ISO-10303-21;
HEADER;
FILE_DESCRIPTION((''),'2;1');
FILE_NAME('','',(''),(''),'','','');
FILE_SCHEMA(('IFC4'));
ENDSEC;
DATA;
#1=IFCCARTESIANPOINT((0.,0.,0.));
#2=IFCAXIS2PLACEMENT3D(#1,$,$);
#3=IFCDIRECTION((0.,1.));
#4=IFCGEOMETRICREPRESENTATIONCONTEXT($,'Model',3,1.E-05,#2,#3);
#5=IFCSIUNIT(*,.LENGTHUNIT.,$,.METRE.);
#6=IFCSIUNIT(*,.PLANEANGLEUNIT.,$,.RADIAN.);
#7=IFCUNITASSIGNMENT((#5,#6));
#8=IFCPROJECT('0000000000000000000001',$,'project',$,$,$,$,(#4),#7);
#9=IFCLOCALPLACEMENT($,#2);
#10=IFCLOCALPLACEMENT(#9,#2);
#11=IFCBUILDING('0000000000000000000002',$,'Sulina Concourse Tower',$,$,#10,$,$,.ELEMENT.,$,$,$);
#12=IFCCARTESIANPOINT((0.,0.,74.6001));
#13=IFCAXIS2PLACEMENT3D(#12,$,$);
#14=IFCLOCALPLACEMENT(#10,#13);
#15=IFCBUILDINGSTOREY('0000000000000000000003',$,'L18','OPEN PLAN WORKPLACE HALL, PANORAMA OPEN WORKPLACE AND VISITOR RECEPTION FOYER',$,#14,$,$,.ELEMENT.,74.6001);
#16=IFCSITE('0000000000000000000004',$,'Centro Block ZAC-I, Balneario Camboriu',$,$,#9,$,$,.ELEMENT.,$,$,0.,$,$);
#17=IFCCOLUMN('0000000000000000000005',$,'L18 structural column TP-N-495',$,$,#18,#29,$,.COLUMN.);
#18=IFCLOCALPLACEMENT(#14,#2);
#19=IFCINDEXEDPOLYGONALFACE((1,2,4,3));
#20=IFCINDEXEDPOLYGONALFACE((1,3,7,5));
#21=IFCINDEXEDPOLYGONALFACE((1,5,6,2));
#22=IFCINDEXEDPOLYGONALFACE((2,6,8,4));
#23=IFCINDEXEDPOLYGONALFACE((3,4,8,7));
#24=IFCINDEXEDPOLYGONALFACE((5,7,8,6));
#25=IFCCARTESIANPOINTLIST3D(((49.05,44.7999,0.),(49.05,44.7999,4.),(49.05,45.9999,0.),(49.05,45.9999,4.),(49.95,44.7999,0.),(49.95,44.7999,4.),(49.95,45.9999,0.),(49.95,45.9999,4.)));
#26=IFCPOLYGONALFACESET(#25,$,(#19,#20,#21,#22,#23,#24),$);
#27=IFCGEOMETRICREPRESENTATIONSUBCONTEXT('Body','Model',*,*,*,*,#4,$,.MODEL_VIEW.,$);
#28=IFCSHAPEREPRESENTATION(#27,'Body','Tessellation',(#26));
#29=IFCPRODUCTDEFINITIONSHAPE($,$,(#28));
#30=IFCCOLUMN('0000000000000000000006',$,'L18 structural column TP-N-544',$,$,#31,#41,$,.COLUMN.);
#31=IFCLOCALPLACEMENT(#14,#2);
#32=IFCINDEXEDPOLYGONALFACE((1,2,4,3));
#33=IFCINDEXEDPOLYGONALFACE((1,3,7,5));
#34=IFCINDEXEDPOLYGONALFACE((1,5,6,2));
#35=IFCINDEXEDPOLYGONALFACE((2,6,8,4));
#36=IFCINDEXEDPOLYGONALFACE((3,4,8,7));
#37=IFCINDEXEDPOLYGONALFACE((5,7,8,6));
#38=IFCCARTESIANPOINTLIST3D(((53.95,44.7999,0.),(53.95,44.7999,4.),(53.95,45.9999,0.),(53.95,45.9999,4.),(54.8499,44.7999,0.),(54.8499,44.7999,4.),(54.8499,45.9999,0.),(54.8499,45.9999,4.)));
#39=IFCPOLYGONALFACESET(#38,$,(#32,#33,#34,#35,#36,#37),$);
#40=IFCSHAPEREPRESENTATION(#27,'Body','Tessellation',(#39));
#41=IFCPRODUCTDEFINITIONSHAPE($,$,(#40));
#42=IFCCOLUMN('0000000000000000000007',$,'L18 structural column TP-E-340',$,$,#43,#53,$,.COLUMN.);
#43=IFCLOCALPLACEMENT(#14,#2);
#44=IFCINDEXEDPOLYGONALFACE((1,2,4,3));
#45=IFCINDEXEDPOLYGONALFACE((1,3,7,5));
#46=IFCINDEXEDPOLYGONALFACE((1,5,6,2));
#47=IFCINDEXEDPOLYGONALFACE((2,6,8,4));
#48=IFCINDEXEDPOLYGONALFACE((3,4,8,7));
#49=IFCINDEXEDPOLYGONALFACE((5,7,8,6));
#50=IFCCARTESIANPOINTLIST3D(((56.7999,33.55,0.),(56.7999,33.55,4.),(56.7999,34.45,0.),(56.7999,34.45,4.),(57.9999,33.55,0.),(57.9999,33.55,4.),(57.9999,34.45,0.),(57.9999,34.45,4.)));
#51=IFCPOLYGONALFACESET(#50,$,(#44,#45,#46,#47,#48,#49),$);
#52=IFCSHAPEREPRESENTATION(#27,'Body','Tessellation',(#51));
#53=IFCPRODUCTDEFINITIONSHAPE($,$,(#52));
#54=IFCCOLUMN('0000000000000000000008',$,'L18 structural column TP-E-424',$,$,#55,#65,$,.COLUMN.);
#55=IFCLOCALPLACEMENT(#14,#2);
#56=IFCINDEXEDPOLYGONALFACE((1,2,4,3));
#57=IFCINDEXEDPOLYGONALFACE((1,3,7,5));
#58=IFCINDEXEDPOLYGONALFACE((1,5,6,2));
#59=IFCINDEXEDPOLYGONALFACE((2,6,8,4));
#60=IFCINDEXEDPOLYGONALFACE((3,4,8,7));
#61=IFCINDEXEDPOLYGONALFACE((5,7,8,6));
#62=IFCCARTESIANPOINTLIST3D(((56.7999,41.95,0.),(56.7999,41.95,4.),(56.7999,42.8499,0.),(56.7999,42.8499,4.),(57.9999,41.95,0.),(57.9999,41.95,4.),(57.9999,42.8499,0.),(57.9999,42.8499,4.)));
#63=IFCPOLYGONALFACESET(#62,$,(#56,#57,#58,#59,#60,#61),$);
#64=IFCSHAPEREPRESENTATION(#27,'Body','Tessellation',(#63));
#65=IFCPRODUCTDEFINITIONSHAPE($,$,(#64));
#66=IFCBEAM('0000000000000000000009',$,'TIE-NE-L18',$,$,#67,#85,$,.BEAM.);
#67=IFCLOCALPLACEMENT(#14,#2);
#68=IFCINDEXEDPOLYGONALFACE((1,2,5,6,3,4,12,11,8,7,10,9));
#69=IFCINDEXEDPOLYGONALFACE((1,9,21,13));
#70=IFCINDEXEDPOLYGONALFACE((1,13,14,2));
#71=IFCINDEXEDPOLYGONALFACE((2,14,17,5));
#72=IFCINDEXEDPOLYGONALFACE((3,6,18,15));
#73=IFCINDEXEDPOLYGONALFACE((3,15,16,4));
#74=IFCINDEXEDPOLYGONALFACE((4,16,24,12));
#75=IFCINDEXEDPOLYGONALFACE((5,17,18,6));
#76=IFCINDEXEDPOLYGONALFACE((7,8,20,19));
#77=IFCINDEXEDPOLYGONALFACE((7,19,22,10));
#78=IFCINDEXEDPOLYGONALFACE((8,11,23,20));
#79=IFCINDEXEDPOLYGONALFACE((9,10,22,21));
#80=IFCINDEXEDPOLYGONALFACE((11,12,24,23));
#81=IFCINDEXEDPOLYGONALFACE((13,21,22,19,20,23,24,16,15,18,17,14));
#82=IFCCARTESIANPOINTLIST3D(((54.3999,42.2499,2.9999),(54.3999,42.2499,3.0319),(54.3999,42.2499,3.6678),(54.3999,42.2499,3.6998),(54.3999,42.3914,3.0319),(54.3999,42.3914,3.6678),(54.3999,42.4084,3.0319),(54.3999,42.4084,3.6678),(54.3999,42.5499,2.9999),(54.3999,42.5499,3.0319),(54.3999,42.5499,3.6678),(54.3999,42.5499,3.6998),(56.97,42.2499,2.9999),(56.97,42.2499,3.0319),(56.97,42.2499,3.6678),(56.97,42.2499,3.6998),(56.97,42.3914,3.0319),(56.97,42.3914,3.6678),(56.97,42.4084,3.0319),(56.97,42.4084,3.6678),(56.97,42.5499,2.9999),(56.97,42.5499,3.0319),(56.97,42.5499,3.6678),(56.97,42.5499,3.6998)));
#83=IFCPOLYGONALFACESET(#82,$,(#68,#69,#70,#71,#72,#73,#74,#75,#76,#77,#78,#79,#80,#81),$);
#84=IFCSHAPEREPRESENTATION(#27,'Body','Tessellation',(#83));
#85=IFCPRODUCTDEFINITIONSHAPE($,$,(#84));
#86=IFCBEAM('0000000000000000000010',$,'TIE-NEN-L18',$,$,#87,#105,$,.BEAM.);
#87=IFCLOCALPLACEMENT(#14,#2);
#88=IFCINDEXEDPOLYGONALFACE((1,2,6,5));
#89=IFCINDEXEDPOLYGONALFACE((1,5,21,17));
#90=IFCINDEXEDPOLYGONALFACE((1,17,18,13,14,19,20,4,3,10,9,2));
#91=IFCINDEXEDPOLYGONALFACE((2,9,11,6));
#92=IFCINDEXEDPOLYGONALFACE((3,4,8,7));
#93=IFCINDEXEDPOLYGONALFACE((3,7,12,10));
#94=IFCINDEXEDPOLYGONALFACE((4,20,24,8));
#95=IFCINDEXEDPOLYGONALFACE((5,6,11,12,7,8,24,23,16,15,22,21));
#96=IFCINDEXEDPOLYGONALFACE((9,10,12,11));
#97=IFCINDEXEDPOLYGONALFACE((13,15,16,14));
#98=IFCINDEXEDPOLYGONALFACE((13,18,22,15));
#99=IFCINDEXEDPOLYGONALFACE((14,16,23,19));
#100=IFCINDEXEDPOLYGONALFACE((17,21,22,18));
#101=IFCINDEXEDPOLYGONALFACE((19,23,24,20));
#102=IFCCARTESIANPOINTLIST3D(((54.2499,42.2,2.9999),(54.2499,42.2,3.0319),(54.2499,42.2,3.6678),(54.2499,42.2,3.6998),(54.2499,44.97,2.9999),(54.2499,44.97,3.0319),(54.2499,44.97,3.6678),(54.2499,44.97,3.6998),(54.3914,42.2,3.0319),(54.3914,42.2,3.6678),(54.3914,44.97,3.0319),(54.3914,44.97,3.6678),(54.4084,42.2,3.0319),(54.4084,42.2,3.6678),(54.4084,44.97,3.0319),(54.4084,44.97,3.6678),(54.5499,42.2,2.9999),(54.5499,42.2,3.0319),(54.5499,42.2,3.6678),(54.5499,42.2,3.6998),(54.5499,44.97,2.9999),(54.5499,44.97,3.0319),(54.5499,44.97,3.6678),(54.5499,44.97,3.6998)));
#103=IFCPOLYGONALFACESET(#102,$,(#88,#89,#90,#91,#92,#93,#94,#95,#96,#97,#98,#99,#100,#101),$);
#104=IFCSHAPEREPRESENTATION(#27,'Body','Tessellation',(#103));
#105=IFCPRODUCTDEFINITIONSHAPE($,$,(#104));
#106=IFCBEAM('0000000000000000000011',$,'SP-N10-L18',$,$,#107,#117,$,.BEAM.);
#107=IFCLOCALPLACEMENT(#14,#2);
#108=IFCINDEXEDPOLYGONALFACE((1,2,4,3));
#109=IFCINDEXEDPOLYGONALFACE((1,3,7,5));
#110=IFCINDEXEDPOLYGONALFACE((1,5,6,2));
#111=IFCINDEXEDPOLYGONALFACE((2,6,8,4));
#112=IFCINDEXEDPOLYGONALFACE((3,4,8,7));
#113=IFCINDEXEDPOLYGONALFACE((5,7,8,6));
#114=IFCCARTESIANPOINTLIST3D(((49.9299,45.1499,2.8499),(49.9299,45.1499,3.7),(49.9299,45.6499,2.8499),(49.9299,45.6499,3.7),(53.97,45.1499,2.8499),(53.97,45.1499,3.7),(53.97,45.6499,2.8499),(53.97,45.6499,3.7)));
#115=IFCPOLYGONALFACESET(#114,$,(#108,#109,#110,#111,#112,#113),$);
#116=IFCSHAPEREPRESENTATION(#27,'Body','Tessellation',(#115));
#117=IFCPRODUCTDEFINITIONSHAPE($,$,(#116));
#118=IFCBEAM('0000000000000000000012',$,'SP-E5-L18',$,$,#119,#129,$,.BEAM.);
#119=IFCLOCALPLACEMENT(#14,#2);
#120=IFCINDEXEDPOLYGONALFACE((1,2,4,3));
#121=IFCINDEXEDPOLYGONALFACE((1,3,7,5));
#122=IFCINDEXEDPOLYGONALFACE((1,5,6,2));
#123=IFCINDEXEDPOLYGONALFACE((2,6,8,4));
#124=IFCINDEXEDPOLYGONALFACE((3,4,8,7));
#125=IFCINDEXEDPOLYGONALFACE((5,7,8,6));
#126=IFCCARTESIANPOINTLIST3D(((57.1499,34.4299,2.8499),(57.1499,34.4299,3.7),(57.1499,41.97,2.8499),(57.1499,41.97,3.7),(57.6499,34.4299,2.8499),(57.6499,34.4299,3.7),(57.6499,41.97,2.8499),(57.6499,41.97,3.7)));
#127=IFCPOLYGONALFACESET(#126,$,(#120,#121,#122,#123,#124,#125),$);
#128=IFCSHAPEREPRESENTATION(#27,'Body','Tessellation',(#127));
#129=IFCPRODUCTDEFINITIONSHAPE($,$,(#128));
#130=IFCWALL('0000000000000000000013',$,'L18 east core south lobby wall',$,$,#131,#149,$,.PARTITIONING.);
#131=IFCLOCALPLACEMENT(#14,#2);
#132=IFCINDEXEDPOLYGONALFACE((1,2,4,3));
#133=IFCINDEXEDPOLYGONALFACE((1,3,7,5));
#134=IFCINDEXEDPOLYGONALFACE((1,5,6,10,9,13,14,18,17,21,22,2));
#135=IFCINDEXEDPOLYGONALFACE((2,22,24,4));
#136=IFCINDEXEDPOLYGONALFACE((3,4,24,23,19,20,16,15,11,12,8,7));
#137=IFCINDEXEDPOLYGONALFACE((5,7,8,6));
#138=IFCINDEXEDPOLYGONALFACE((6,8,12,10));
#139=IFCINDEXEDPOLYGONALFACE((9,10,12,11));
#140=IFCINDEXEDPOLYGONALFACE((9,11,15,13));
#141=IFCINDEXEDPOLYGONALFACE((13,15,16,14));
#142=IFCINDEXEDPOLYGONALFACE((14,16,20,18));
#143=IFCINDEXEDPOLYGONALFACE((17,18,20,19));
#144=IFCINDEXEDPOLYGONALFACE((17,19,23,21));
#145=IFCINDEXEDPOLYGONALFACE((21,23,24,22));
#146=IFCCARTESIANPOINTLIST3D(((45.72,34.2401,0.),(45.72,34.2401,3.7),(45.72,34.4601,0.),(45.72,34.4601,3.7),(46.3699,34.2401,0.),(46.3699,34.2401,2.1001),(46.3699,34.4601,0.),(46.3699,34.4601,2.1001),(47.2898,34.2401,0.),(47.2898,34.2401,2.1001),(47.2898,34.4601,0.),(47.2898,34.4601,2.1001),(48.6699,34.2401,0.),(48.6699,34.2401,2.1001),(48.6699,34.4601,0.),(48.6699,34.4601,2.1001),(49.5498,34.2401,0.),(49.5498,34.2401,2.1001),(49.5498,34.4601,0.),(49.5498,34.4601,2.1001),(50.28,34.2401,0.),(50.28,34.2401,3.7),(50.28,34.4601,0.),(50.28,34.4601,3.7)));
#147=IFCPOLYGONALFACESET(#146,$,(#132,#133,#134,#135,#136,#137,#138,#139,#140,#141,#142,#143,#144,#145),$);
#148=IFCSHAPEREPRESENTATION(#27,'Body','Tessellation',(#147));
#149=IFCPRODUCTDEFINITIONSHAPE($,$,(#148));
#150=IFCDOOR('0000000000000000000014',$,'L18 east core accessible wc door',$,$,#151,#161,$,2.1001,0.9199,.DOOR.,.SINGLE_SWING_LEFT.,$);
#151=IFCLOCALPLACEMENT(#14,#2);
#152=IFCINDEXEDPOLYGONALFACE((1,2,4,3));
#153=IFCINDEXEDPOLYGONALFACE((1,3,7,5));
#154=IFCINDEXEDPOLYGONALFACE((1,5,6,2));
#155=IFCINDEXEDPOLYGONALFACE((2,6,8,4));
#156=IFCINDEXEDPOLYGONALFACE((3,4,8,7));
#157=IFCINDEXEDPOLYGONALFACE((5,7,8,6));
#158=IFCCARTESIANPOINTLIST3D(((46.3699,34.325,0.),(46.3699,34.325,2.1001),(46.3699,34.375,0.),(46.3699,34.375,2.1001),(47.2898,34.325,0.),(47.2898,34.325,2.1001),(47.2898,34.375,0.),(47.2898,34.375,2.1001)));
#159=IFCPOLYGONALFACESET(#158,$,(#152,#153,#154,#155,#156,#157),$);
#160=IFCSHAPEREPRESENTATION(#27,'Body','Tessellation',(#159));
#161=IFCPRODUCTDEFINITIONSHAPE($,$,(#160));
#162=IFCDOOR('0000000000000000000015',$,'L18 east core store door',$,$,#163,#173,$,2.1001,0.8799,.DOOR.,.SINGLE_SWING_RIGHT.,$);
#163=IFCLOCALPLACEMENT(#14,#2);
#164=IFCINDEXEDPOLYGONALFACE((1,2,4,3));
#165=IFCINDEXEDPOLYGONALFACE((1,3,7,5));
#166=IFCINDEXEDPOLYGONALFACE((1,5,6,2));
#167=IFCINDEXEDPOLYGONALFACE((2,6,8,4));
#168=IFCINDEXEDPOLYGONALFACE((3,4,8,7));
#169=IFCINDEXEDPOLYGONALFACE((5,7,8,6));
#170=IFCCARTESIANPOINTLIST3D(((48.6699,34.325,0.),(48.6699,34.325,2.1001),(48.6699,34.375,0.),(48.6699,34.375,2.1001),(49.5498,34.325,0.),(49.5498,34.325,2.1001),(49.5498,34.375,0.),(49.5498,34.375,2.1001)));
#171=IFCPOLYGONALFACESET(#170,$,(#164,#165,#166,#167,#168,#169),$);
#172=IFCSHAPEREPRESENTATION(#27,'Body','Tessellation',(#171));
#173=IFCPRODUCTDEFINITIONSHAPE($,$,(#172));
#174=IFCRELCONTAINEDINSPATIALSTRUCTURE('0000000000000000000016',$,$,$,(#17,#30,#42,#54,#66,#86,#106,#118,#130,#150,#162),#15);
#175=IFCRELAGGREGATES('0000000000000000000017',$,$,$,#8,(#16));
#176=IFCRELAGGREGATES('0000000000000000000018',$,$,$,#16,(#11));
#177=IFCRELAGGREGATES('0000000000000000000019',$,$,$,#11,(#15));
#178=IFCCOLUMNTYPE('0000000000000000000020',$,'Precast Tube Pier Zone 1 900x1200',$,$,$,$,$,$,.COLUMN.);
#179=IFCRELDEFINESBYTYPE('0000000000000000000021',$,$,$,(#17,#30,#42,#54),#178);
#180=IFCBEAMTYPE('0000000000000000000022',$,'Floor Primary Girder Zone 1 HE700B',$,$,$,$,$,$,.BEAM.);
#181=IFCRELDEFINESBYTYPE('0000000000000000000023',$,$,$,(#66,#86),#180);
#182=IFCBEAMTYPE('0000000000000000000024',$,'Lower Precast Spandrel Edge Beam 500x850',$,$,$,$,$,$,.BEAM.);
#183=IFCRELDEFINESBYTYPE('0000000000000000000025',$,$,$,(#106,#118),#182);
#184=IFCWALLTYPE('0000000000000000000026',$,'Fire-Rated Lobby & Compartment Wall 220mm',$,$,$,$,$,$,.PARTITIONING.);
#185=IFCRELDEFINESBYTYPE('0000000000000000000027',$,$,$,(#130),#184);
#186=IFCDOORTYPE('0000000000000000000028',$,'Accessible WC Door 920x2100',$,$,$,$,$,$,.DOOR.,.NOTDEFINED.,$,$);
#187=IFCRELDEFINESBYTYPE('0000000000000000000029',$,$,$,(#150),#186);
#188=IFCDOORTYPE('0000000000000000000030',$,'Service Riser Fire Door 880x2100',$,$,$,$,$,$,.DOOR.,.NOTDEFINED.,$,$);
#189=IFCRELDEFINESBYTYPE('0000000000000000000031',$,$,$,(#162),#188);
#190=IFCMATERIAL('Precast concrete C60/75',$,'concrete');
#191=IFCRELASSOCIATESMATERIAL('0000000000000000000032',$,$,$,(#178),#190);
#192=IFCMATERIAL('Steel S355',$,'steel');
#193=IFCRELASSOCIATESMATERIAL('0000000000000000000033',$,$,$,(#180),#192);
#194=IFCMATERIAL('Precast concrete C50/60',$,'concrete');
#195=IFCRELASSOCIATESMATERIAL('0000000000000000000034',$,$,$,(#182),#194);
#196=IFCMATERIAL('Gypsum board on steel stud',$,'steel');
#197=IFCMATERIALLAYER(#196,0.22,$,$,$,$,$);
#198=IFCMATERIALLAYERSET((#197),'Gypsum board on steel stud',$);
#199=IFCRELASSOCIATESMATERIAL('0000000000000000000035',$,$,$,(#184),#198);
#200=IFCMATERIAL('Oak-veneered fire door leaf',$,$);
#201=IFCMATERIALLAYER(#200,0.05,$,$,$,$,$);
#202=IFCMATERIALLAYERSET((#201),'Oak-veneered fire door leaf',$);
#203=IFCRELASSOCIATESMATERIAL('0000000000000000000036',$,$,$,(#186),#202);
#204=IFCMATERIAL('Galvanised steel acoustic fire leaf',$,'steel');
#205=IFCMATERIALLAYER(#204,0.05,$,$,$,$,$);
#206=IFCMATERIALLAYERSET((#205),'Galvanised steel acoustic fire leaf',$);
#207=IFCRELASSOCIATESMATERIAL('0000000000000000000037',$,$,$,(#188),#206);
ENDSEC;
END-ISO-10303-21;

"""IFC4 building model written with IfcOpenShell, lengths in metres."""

from ifc_helpers import new_model, si_unit, direction, frame, frame_2d, origin, origin_2d, place, context, subcontext, project, spatial, rectangle, i_section, extrude, material, layer, layer_set, material_profile, profile_set, type_object, element, fill, save


model = new_model("IFC4")

# Units and contexts
model_context = context("Model", 3, precision=1e-05, world=origin(), true_north=direction((0.0, 1.0)))
body_context = subcontext(model_context, "Body", "Model", "MODEL_VIEW")
ifc_project = project(units=[si_unit("LENGTHUNIT", "METRE"), si_unit("PLANEANGLEUNIT", "RADIAN")], contexts=[model_context])

# Site, building, storey
site_placement = place(None, origin())
site = spatial("IfcSite", under=ifc_project, at=site_placement, Name="Centro Block ZAC-I, Balneario Camboriu", CompositionType="ELEMENT", RefElevation=0.0)
building_placement = place(site_placement, origin())
building = spatial("IfcBuilding", under=site, at=building_placement, Name="Sulina Concourse Tower", CompositionType="ELEMENT")
storey_placement = place(building_placement, frame((0.0, 0.0, 74.6001)))
storey = spatial("IfcBuildingStorey", under=building, at=storey_placement, Name="L18", Description="OPEN PLAN WORKPLACE HALL, PANORAMA OPEN WORKPLACE AND VISITOR RECEPTION FOYER", CompositionType="ELEMENT", Elevation=74.6001)

# Columns
ifc_material_1 = material(Name="Precast concrete C60/75", Category="concrete")
ifc_material_profile_1 = material_profile(ifc_material_1, rectangle(XDim=0.8999, YDim=1.2, at=origin_2d()), Name="PC 900x1200")
ifc_profile_set_1 = profile_set([ifc_material_profile_1], Name="Precast concrete C60/75")
column_type = type_object("IfcColumnType", Name="Precast Tube Pier Zone 1 900x1200", PredefinedType="COLUMN", material=ifc_profile_set_1)
for number, where, z_axis, x_axis, name in (
    (1, (49.5, 45.3999, 0.0), (0.0, 0.0, 1.0), (1.0, 0.0, 0.0), "L18 structural column TP-N-495"),
    (2, (54.3999, 45.3999, 0.0), (0.0, 0.0, 1.0), (1.0, 0.0, 0.0), "L18 structural column TP-N-544"),
    (3, (57.3999, 34.0, 0.0), (0.0, 0.0, 1.0), (0.0, 1.0, 0.0), "L18 structural column TP-E-340"),
    (4, (57.3999, 42.3999, 0.0), (0.0, 0.0, 1.0), (0.0, 1.0, 0.0), "L18 structural column TP-E-424"),
):
    element("IfcColumn", number, at=place(storey_placement, frame(where, z_axis=z_axis, x_axis=x_axis)), inside=storey, type_object=column_type, Name=name, PredefinedType="COLUMN", context=body_context, shape_type="SweptSolid", body=[
        extrude(rectangle(XDim=0.8999, YDim=1.2, at=origin_2d()), origin(), (0.0, 0.0, 1.0), 4.0),
    ])

# Beams
ifc_material_2 = material(Name="Steel S355", Category="steel")
ifc_material_profile_2 = material_profile(ifc_material_2, i_section(OverallWidth=0.3, OverallDepth=0.7, WebThickness=0.0171, FlangeThickness=0.032, at=origin_2d()), Name="HE 700 B")
ifc_profile_set_2 = profile_set([ifc_material_profile_2], Name="Steel S355")
beam_type_1 = type_object("IfcBeamType", Name="Floor Primary Girder Zone 1 HE700B", PredefinedType="BEAM", material=ifc_profile_set_2)
beam_1_placement = place(storey_placement, frame((54.3999, 42.3999, 3.3499), z_axis=(1.0, 0.0, 0.0), x_axis=(0.0, 1.0, 0.0)))
element("IfcBeam", 5, at=beam_1_placement, inside=storey, type_object=beam_type_1, Name="TIE-NE-L18", PredefinedType="BEAM", context=body_context, shape_type="SweptSolid", body=[
    extrude(i_section(OverallWidth=0.3, OverallDepth=0.7, WebThickness=0.0171, FlangeThickness=0.032, at=origin_2d()), origin(), (0.0, 0.0, 1.0), 2.5701),
])
beam_2_placement = place(storey_placement, frame((54.3999, 42.2, 3.3499), z_axis=(0.0, 1.0, 0.0), x_axis=(-1.0, 0.0, 0.0)))
element("IfcBeam", 6, at=beam_2_placement, inside=storey, type_object=beam_type_1, Name="TIE-NEN-L18", PredefinedType="BEAM", context=body_context, shape_type="SweptSolid", body=[
    extrude(i_section(OverallWidth=0.3, OverallDepth=0.7, WebThickness=0.0171, FlangeThickness=0.032, at=origin_2d()), origin(), (0.0, 0.0, 1.0), 2.77),
])
ifc_material_3 = material(Name="Precast concrete C50/60", Category="concrete")
ifc_material_profile_3 = material_profile(ifc_material_3, rectangle(XDim=0.5, YDim=0.8501, at=origin_2d()), Name="RC 500x850")
ifc_profile_set_3 = profile_set([ifc_material_profile_3], Name="Precast concrete C50/60")
beam_type_2 = type_object("IfcBeamType", Name="Lower Precast Spandrel Edge Beam 500x850", PredefinedType="BEAM", material=ifc_profile_set_3)
beam_3_placement = place(storey_placement, frame((49.9299, 45.3999, 3.2749), z_axis=(1.0, 0.0, 0.0), x_axis=(0.0, 1.0, 0.0)))
element("IfcBeam", 7, at=beam_3_placement, inside=storey, type_object=beam_type_2, Name="SP-N10-L18", PredefinedType="BEAM", context=body_context, shape_type="SweptSolid", body=[
    extrude(rectangle(XDim=0.5, YDim=0.8501, at=origin_2d()), origin(), (0.0, 0.0, 1.0), 4.04),
])
beam_4_placement = place(storey_placement, frame((57.3999, 34.4299, 3.2749), z_axis=(0.0, 1.0, 0.0), x_axis=(-1.0, 0.0, 0.0)))
element("IfcBeam", 8, at=beam_4_placement, inside=storey, type_object=beam_type_2, Name="SP-E5-L18", PredefinedType="BEAM", context=body_context, shape_type="SweptSolid", body=[
    extrude(rectangle(XDim=0.5, YDim=0.8501, at=origin_2d()), origin(), (0.0, 0.0, 1.0), 7.54),
])

# Wall, openings, doors
ifc_material_4 = material(Name="Gypsum board on steel stud", Category="steel")
ifc_layer_1 = layer(ifc_material_4, 0.22)
ifc_layer_set_1 = layer_set([ifc_layer_1], Name="Gypsum board on steel stud")
wall_type_1 = type_object("IfcWallType", Name="Fire-Rated Lobby & Compartment Wall 220mm", PredefinedType="PARTITIONING", material=ifc_layer_set_1)
wall_1_placement = place(storey_placement, frame((45.72, 34.3501, 0.0), z_axis=(0.0, 0.0, 1.0), x_axis=(1.0, 0.0, 0.0)))
wall_1 = element("IfcWall", 9, at=wall_1_placement, inside=storey, type_object=wall_type_1, Name="L18 east core south lobby wall", PredefinedType="PARTITIONING", context=body_context, shape_type="SweptSolid", body=[
    extrude(rectangle(XDim=4.5601, YDim=0.22, at=frame_2d((2.28, 0.0))), origin(), (0.0, 0.0, 1.0), 3.7),
])
opening_1_placement = place(wall_1_placement, frame((0.6499, 0.0, 0.0)))
opening_1 = element("IfcOpeningElement", 10, at=opening_1_placement, cuts=wall_1, PredefinedType="OPENING", context=body_context, shape_type="SweptSolid", body=[
    extrude(rectangle(XDim=0.9199, YDim=2.1001, at=frame_2d((0.46, 1.05))), frame((0.0, 0.1199, 0.0), z_axis=(0.0, -1.0, 0.0), x_axis=(1.0, 0.0, 0.0)), (0.0, 0.0, 1.0), 0.24),
])
opening_2_placement = place(wall_1_placement, frame((2.95, 0.0, 0.0)))
opening_2 = element("IfcOpeningElement", 11, at=opening_2_placement, cuts=wall_1, PredefinedType="OPENING", context=body_context, shape_type="SweptSolid", body=[
    extrude(rectangle(XDim=0.8799, YDim=2.1001, at=frame_2d((0.4399, 1.05))), frame((0.0, 0.1199, 0.0), z_axis=(0.0, -1.0, 0.0), x_axis=(1.0, 0.0, 0.0)), (0.0, 0.0, 1.0), 0.24),
])
ifc_material_5 = material(Name="Oak-veneered fire door leaf")
ifc_layer_2 = layer(ifc_material_5, 0.05)
ifc_layer_set_2 = layer_set([ifc_layer_2], Name="Oak-veneered fire door leaf")
door_type_1 = type_object("IfcDoorType", Name="Accessible WC Door 920x2100", OperationType="NOTDEFINED", PredefinedType="DOOR", material=ifc_layer_set_2)
door_1_placement = place(opening_1_placement, origin())
door_1 = element("IfcDoor", 12, at=door_1_placement, inside=storey, type_object=door_type_1, Name="L18 east core accessible wc door", OperationType="SINGLE_SWING_LEFT", OverallHeight=2.1001, OverallWidth=0.9199, PredefinedType="DOOR", context=body_context, shape_type="SweptSolid", body=[
    extrude(rectangle(XDim=0.9199, YDim=2.1001, at=frame_2d((0.46, 1.05))), frame((0.0, 0.0249, 0.0), z_axis=(0.0, -1.0, 0.0), x_axis=(1.0, 0.0, 0.0)), (0.0, 0.0, 1.0), 0.05),
])
fill(opening_1, door_1)
ifc_material_6 = material(Name="Galvanised steel acoustic fire leaf", Category="steel")
ifc_layer_3 = layer(ifc_material_6, 0.05)
ifc_layer_set_3 = layer_set([ifc_layer_3], Name="Galvanised steel acoustic fire leaf")
door_type_2 = type_object("IfcDoorType", Name="Service Riser Fire Door 880x2100", OperationType="NOTDEFINED", PredefinedType="DOOR", material=ifc_layer_set_3)
door_2_placement = place(opening_2_placement, origin())
door_2 = element("IfcDoor", 13, at=door_2_placement, inside=storey, type_object=door_type_2, Name="L18 east core store door", OperationType="SINGLE_SWING_RIGHT", OverallHeight=2.1001, OverallWidth=0.8799, PredefinedType="DOOR", context=body_context, shape_type="SweptSolid", body=[
    extrude(rectangle(XDim=0.8799, YDim=2.1001, at=frame_2d((0.4399, 1.05))), frame((0.0, 0.0249, 0.0), z_axis=(0.0, -1.0, 0.0), x_axis=(1.0, 0.0, 0.0)), (0.0, 0.0, 1.0), 0.05),
])
fill(opening_2, door_2)

save(model, "model.ifc")
